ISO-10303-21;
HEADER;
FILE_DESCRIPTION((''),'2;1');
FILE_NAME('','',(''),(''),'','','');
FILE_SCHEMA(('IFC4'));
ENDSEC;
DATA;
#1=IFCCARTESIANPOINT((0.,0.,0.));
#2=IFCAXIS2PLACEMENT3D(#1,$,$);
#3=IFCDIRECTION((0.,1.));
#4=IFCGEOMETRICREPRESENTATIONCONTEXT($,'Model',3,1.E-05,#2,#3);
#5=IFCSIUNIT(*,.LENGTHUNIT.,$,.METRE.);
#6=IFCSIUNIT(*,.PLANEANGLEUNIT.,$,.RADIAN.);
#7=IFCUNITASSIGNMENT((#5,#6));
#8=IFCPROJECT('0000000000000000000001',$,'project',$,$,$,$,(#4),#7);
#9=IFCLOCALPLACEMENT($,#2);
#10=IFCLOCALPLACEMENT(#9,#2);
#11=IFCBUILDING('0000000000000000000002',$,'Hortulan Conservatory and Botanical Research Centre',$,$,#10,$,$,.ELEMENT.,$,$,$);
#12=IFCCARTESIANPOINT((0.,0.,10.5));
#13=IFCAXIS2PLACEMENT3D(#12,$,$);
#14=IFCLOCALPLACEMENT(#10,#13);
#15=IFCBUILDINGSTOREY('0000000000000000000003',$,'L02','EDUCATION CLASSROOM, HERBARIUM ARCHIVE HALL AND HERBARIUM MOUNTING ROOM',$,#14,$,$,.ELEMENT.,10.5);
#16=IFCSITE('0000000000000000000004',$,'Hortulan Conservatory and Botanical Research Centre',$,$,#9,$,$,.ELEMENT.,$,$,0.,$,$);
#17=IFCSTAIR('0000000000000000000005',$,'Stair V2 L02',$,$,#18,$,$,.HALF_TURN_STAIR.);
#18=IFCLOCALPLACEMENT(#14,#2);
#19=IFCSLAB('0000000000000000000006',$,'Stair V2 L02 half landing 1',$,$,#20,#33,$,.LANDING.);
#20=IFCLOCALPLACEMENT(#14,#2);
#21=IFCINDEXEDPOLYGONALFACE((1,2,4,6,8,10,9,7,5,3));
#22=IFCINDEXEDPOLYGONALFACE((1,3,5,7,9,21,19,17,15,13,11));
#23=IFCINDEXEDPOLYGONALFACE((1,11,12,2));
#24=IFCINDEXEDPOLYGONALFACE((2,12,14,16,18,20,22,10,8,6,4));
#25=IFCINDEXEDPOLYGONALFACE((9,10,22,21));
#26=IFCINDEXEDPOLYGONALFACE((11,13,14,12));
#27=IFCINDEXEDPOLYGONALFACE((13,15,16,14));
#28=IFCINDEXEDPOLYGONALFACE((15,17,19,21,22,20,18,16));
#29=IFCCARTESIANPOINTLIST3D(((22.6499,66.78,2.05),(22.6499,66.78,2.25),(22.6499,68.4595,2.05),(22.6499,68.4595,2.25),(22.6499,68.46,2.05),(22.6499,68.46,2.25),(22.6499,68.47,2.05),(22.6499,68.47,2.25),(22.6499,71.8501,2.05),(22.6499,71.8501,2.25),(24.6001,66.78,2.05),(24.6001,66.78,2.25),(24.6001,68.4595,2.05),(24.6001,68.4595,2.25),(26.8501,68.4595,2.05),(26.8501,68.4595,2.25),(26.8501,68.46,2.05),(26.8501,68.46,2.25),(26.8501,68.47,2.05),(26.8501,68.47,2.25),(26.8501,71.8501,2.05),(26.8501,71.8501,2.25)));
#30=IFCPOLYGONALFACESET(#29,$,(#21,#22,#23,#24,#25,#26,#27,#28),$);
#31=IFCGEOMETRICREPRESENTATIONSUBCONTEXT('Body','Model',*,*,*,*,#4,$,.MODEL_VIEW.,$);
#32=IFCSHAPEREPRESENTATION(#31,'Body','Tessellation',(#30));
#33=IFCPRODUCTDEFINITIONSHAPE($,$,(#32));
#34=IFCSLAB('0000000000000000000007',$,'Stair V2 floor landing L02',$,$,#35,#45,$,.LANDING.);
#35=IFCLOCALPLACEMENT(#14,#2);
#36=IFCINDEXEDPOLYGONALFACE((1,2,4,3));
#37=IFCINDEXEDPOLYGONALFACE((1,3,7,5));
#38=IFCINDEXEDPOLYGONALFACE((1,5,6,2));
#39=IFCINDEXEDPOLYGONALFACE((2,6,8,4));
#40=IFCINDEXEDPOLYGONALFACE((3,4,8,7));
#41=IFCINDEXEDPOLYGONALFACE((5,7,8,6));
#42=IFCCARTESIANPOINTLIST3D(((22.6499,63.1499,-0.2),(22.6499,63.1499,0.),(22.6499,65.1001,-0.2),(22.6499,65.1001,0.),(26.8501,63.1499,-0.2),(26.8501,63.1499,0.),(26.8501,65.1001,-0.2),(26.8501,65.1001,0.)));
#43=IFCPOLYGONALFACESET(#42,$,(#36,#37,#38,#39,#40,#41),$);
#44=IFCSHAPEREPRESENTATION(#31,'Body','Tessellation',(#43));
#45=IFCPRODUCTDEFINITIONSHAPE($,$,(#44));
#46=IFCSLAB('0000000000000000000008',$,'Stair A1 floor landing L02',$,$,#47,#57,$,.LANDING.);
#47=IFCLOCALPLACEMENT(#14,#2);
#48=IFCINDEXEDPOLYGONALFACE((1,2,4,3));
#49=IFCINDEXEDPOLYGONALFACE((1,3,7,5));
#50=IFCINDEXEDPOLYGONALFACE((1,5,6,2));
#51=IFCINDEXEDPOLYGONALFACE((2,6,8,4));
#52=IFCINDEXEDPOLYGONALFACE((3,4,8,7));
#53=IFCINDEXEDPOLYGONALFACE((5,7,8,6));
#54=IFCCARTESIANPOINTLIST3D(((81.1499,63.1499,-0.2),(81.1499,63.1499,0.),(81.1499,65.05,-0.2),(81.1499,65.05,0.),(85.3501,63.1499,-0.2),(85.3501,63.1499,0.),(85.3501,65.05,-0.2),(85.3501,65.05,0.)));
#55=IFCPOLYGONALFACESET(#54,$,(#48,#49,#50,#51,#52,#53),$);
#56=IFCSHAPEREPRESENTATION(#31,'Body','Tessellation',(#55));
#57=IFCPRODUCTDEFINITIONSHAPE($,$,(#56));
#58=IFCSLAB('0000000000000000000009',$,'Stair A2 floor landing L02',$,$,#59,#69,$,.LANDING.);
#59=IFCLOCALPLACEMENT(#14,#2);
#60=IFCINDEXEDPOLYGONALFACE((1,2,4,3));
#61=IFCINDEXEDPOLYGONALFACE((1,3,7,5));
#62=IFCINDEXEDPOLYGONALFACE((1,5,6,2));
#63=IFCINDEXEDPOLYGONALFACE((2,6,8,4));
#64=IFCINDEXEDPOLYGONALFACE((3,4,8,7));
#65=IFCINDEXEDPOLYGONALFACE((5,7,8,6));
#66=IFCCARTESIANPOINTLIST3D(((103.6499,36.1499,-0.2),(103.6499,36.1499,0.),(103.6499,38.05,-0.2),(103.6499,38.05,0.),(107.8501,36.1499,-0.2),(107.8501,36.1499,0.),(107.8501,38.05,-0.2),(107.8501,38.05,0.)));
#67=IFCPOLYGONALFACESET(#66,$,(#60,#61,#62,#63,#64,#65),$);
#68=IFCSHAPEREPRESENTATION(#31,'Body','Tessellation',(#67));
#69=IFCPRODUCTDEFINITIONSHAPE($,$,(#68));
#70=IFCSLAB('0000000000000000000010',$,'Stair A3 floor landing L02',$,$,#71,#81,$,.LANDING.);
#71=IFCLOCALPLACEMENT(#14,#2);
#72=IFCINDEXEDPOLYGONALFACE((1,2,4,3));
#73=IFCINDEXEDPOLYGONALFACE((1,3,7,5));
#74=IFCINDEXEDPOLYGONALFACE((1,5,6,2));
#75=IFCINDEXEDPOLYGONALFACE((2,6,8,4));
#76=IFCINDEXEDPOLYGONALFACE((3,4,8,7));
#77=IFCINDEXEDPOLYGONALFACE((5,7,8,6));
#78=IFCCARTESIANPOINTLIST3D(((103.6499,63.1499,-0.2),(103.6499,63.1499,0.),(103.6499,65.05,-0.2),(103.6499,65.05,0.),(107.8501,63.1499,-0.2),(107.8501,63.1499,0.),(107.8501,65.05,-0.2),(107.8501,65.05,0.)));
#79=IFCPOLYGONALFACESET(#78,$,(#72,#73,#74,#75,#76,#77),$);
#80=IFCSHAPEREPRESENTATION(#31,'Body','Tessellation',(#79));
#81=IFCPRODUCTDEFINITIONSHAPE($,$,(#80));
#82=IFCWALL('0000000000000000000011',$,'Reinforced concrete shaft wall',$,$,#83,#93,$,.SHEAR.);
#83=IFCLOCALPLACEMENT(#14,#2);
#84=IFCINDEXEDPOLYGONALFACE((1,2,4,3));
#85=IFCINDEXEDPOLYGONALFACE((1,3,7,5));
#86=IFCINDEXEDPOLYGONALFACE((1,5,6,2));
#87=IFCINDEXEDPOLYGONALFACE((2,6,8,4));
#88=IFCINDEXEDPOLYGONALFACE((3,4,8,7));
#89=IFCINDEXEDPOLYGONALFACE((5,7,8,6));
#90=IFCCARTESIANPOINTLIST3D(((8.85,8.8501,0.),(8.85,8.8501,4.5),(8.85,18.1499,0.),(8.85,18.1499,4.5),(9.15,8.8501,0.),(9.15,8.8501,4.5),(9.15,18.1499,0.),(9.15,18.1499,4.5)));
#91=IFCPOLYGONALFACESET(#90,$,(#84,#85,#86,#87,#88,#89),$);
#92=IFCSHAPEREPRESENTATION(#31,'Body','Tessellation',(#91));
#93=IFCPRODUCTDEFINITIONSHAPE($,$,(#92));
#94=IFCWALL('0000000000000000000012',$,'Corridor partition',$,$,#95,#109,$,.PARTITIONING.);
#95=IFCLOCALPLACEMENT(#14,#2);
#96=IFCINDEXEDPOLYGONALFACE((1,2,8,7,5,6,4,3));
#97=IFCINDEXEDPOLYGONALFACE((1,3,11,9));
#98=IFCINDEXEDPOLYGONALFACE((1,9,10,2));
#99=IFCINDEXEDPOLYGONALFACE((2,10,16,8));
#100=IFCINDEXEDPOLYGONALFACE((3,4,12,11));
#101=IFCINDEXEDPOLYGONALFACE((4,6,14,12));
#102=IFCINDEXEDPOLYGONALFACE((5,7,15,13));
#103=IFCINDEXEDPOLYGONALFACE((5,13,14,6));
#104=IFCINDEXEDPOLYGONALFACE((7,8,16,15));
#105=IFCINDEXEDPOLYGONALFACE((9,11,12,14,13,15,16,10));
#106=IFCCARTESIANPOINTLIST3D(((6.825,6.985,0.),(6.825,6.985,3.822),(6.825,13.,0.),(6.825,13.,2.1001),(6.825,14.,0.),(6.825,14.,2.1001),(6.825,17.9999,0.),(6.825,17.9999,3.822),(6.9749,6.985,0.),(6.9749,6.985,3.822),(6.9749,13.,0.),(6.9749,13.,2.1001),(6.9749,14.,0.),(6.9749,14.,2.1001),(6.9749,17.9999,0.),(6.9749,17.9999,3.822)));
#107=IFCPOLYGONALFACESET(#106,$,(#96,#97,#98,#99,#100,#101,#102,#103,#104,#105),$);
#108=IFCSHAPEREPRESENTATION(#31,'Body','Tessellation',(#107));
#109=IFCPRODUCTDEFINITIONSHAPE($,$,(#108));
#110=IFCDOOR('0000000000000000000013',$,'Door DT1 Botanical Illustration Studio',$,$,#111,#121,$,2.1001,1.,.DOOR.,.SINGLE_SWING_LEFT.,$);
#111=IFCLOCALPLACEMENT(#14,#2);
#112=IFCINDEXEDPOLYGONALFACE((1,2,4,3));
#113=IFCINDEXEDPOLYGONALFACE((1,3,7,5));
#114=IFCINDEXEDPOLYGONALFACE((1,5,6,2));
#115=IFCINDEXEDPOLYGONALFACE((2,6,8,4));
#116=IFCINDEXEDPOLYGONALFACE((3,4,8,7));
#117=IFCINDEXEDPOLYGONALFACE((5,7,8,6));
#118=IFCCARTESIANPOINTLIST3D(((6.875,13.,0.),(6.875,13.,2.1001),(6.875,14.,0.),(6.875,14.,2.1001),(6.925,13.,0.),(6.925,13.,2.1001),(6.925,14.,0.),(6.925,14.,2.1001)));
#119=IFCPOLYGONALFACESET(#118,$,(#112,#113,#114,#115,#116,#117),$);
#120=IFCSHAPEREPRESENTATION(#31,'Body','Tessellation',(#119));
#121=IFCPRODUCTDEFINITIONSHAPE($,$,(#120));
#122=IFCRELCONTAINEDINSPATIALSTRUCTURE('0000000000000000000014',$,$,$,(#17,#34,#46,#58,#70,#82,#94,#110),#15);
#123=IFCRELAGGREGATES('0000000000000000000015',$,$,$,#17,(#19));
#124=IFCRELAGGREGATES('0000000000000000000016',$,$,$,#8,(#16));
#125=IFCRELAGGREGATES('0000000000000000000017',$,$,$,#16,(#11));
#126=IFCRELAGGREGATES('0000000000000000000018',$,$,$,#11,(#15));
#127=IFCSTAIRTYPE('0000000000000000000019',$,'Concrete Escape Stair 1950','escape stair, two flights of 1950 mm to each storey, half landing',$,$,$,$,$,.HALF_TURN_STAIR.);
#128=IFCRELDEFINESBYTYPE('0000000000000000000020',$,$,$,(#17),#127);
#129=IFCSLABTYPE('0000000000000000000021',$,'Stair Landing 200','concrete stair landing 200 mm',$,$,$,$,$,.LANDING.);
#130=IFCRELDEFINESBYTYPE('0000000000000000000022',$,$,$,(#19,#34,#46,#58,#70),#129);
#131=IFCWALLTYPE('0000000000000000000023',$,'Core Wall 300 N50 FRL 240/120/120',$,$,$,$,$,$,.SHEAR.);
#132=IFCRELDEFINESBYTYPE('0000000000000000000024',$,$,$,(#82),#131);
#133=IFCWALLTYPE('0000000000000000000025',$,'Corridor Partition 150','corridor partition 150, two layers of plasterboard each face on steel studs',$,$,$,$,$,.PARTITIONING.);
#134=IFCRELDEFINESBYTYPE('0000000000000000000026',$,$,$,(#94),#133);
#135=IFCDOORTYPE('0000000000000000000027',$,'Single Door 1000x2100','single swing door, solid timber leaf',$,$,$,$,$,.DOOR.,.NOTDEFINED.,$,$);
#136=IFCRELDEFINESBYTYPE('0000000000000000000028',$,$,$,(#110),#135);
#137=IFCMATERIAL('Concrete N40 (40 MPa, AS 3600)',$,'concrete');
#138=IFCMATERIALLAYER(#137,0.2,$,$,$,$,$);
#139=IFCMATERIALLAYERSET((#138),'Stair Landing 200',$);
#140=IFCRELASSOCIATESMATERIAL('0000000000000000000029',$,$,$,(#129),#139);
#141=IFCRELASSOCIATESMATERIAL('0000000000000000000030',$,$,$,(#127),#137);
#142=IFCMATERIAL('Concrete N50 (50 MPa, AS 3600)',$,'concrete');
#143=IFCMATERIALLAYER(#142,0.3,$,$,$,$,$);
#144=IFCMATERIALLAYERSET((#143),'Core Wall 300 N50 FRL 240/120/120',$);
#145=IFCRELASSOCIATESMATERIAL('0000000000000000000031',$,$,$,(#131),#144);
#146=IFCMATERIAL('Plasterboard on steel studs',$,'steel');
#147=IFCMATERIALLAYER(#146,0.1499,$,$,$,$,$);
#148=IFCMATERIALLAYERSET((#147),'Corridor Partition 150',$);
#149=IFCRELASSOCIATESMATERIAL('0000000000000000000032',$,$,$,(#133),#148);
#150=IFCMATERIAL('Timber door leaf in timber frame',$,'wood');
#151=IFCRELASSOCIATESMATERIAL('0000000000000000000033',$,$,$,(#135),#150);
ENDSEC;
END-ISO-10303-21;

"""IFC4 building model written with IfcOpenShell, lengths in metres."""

from ifc_helpers import new_model, si_unit, direction, frame, frame_2d, origin, place, context, subcontext, project, spatial, polyline, rectangle, outline, extrude, material, layer, layer_set, type_object, element, fill, aggregate, save


model = new_model("IFC4")

# Units and contexts
model_context = context("Model", 3, precision=1e-05, world=origin(), true_north=direction((0.0, 1.0)))
body_context = subcontext(model_context, "Body", "Model", "MODEL_VIEW")
ifc_project = project(units=[si_unit("LENGTHUNIT", "METRE"), si_unit("PLANEANGLEUNIT", "RADIAN")], contexts=[model_context])

# Site, building, storey
site_placement = place(None, origin())
site = spatial("IfcSite", under=ifc_project, at=site_placement, Name="Hortulan Conservatory and Botanical Research Centre", CompositionType="ELEMENT", RefElevation=0.0)
building_placement = place(site_placement, origin())
building = spatial("IfcBuilding", under=site, at=building_placement, Name="Hortulan Conservatory and Botanical Research Centre", CompositionType="ELEMENT")
storey_placement = place(building_placement, frame((0.0, 0.0, 10.5)))
storey = spatial("IfcBuildingStorey", under=building, at=storey_placement, Name="L02", Description="EDUCATION CLASSROOM, HERBARIUM ARCHIVE HALL AND HERBARIUM MOUNTING ROOM", CompositionType="ELEMENT", Elevation=10.5)

# Shared definitions
ifc_material_1 = material(Name="Concrete N40 (40 MPa, AS 3600)", Category="concrete")
ifc_layer_1 = layer(ifc_material_1, 0.2)
ifc_layer_set_1 = layer_set([ifc_layer_1], Name="Stair Landing 200")
slab_type = type_object("IfcSlabType", Name="Stair Landing 200", Description="concrete stair landing 200 mm", PredefinedType="LANDING", material=ifc_layer_set_1)

# Shared definitions
stair_type_1 = type_object("IfcStairType", Name="Concrete Escape Stair 1950", Description="escape stair, two flights of 1950 mm to each storey, half landing", PredefinedType="HALF_TURN_STAIR", material=ifc_material_1)

# Stair, slab
stair_1_placement = place(storey_placement, origin())
stair_1 = element("IfcStair", 1, at=stair_1_placement, inside=storey, type_object=stair_type_1, Name="Stair V2 L02", PredefinedType="HALF_TURN_STAIR")
slab_1_placement = place(storey_placement, frame((0.0, 0.0, 2.05)))
slab_1 = element("IfcSlab", 2, at=slab_1_placement, type_object=slab_type, Name="Stair V2 L02 half landing 1", PredefinedType="LANDING", context=body_context, shape_type="SweptSolid", body=[
    extrude(outline(polyline([(26.8501, 68.4595), (24.6001, 68.4595), (24.6001, 66.78), (22.6499, 66.78), (22.6499, 68.4595), (22.6499, 68.46), (22.6499, 68.47), (22.6499, 71.8501), (26.8501, 71.8501), (26.8501, 68.47), (26.8501, 68.46), (26.8501, 68.4595)])), origin(), (0.0, 0.0, 1.0), 0.2),
])
aggregate(stair_1, [slab_1])

# Slabs
slab_2_placement = place(storey_placement, frame((0.0, 0.0, -0.2)))
element("IfcSlab", 3, at=slab_2_placement, inside=storey, type_object=slab_type, Name="Stair V2 floor landing L02", PredefinedType="LANDING", context=body_context, shape_type="SweptSolid", body=[
    extrude(outline(polyline([(26.8501, 63.1499), (22.6499, 63.1499), (22.6499, 65.1001), (26.8501, 65.1001), (26.8501, 63.1499)])), origin(), (0.0, 0.0, 1.0), 0.2),
])
slab_3_placement = place(storey_placement, frame((0.0, 0.0, -0.2)))
element("IfcSlab", 4, at=slab_3_placement, inside=storey, type_object=slab_type, Name="Stair A1 floor landing L02", PredefinedType="LANDING", context=body_context, shape_type="SweptSolid", body=[
    extrude(outline(polyline([(85.3501, 63.1499), (81.1499, 63.1499), (81.1499, 65.05), (85.3501, 65.05), (85.3501, 63.1499)])), origin(), (0.0, 0.0, 1.0), 0.2),
])
slab_4_placement = place(storey_placement, frame((0.0, 0.0, -0.2)))
element("IfcSlab", 5, at=slab_4_placement, inside=storey, type_object=slab_type, Name="Stair A2 floor landing L02", PredefinedType="LANDING", context=body_context, shape_type="SweptSolid", body=[
    extrude(outline(polyline([(107.8501, 36.1499), (103.6499, 36.1499), (103.6499, 38.05), (107.8501, 38.05), (107.8501, 36.1499)])), origin(), (0.0, 0.0, 1.0), 0.2),
])
slab_5_placement = place(storey_placement, frame((0.0, 0.0, -0.2)))
element("IfcSlab", 6, at=slab_5_placement, inside=storey, type_object=slab_type, Name="Stair A3 floor landing L02", PredefinedType="LANDING", context=body_context, shape_type="SweptSolid", body=[
    extrude(outline(polyline([(107.8501, 63.1499), (103.6499, 63.1499), (103.6499, 65.05), (107.8501, 65.05), (107.8501, 63.1499)])), origin(), (0.0, 0.0, 1.0), 0.2),
])

# Wall
ifc_material_2 = material(Name="Concrete N50 (50 MPa, AS 3600)", Category="concrete")
ifc_layer_2 = layer(ifc_material_2, 0.3)
ifc_layer_set_2 = layer_set([ifc_layer_2], Name="Core Wall 300 N50 FRL 240/120/120")
wall_type_1 = type_object("IfcWallType", Name="Core Wall 300 N50 FRL 240/120/120", PredefinedType="SHEAR", material=ifc_layer_set_2)
wall_1_placement = place(storey_placement, frame((9.0, 8.8501, 0.0), z_axis=(0.0, 0.0, 1.0), x_axis=(0.0, 1.0, 0.0)))
element("IfcWall", 7, at=wall_1_placement, inside=storey, type_object=wall_type_1, Name="Reinforced concrete shaft wall", PredefinedType="SHEAR", context=body_context, shape_type="SweptSolid", body=[
    extrude(rectangle(XDim=9.2998, YDim=0.3, at=frame_2d((4.6499, 0.0))), origin(), (0.0, 0.0, 1.0), 4.5),
])

# Wall, opening, door
ifc_material_3 = material(Name="Plasterboard on steel studs", Category="steel")
ifc_layer_3 = layer(ifc_material_3, 0.1499)
ifc_layer_set_3 = layer_set([ifc_layer_3], Name="Corridor Partition 150")
wall_type_2 = type_object("IfcWallType", Name="Corridor Partition 150", Description="corridor partition 150, two layers of plasterboard each face on steel studs", PredefinedType="PARTITIONING", material=ifc_layer_set_3)
wall_2_placement = place(storey_placement, frame((6.8999, 6.9851, 0.0), z_axis=(0.0, 0.0, 1.0), x_axis=(0.0, 1.0, 0.0)))
wall_2 = element("IfcWall", 8, at=wall_2_placement, inside=storey, type_object=wall_type_2, Name="Corridor partition", PredefinedType="PARTITIONING", context=body_context, shape_type="SweptSolid", body=[
    extrude(rectangle(XDim=11.0149, YDim=0.1499, at=frame_2d((5.5073, 0.0))), origin(), (0.0, 0.0, 1.0), 3.822),
])
opening_1_placement = place(wall_2_placement, frame((6.0149, 0.0, 0.0)))
opening_1 = element("IfcOpeningElement", 9, at=opening_1_placement, cuts=wall_2, PredefinedType="OPENING", context=body_context, shape_type="SweptSolid", body=[
    extrude(rectangle(XDim=1.0, YDim=2.1001, at=frame_2d((0.5, 1.05))), frame((0.0, 0.085, 0.0), z_axis=(0.0, -1.0, 0.0), x_axis=(1.0, 0.0, 0.0)), (0.0, 0.0, 1.0), 0.1699),
])
ifc_material_4 = material(Name="Timber door leaf in timber frame", Category="wood")
door_type = type_object("IfcDoorType", Name="Single Door 1000x2100", Description="single swing door, solid timber leaf", OperationType="NOTDEFINED", PredefinedType="DOOR", material=ifc_material_4)
door_1_placement = place(opening_1_placement, origin())
door_1 = element("IfcDoor", 10, at=door_1_placement, inside=storey, type_object=door_type, Name="Door DT1 Botanical Illustration Studio", OperationType="SINGLE_SWING_LEFT", OverallHeight=2.1001, OverallWidth=1.0, PredefinedType="DOOR", context=body_context, shape_type="SweptSolid", body=[
    extrude(rectangle(XDim=1.0, YDim=2.1001, at=frame_2d((0.5, 1.05))), frame((0.0, 0.0249, 0.0), z_axis=(0.0, -1.0, 0.0), x_axis=(1.0, 0.0, 0.0)), (0.0, 0.0, 1.0), 0.05),
])
fill(opening_1, door_1)

save(model, "model.ifc")
